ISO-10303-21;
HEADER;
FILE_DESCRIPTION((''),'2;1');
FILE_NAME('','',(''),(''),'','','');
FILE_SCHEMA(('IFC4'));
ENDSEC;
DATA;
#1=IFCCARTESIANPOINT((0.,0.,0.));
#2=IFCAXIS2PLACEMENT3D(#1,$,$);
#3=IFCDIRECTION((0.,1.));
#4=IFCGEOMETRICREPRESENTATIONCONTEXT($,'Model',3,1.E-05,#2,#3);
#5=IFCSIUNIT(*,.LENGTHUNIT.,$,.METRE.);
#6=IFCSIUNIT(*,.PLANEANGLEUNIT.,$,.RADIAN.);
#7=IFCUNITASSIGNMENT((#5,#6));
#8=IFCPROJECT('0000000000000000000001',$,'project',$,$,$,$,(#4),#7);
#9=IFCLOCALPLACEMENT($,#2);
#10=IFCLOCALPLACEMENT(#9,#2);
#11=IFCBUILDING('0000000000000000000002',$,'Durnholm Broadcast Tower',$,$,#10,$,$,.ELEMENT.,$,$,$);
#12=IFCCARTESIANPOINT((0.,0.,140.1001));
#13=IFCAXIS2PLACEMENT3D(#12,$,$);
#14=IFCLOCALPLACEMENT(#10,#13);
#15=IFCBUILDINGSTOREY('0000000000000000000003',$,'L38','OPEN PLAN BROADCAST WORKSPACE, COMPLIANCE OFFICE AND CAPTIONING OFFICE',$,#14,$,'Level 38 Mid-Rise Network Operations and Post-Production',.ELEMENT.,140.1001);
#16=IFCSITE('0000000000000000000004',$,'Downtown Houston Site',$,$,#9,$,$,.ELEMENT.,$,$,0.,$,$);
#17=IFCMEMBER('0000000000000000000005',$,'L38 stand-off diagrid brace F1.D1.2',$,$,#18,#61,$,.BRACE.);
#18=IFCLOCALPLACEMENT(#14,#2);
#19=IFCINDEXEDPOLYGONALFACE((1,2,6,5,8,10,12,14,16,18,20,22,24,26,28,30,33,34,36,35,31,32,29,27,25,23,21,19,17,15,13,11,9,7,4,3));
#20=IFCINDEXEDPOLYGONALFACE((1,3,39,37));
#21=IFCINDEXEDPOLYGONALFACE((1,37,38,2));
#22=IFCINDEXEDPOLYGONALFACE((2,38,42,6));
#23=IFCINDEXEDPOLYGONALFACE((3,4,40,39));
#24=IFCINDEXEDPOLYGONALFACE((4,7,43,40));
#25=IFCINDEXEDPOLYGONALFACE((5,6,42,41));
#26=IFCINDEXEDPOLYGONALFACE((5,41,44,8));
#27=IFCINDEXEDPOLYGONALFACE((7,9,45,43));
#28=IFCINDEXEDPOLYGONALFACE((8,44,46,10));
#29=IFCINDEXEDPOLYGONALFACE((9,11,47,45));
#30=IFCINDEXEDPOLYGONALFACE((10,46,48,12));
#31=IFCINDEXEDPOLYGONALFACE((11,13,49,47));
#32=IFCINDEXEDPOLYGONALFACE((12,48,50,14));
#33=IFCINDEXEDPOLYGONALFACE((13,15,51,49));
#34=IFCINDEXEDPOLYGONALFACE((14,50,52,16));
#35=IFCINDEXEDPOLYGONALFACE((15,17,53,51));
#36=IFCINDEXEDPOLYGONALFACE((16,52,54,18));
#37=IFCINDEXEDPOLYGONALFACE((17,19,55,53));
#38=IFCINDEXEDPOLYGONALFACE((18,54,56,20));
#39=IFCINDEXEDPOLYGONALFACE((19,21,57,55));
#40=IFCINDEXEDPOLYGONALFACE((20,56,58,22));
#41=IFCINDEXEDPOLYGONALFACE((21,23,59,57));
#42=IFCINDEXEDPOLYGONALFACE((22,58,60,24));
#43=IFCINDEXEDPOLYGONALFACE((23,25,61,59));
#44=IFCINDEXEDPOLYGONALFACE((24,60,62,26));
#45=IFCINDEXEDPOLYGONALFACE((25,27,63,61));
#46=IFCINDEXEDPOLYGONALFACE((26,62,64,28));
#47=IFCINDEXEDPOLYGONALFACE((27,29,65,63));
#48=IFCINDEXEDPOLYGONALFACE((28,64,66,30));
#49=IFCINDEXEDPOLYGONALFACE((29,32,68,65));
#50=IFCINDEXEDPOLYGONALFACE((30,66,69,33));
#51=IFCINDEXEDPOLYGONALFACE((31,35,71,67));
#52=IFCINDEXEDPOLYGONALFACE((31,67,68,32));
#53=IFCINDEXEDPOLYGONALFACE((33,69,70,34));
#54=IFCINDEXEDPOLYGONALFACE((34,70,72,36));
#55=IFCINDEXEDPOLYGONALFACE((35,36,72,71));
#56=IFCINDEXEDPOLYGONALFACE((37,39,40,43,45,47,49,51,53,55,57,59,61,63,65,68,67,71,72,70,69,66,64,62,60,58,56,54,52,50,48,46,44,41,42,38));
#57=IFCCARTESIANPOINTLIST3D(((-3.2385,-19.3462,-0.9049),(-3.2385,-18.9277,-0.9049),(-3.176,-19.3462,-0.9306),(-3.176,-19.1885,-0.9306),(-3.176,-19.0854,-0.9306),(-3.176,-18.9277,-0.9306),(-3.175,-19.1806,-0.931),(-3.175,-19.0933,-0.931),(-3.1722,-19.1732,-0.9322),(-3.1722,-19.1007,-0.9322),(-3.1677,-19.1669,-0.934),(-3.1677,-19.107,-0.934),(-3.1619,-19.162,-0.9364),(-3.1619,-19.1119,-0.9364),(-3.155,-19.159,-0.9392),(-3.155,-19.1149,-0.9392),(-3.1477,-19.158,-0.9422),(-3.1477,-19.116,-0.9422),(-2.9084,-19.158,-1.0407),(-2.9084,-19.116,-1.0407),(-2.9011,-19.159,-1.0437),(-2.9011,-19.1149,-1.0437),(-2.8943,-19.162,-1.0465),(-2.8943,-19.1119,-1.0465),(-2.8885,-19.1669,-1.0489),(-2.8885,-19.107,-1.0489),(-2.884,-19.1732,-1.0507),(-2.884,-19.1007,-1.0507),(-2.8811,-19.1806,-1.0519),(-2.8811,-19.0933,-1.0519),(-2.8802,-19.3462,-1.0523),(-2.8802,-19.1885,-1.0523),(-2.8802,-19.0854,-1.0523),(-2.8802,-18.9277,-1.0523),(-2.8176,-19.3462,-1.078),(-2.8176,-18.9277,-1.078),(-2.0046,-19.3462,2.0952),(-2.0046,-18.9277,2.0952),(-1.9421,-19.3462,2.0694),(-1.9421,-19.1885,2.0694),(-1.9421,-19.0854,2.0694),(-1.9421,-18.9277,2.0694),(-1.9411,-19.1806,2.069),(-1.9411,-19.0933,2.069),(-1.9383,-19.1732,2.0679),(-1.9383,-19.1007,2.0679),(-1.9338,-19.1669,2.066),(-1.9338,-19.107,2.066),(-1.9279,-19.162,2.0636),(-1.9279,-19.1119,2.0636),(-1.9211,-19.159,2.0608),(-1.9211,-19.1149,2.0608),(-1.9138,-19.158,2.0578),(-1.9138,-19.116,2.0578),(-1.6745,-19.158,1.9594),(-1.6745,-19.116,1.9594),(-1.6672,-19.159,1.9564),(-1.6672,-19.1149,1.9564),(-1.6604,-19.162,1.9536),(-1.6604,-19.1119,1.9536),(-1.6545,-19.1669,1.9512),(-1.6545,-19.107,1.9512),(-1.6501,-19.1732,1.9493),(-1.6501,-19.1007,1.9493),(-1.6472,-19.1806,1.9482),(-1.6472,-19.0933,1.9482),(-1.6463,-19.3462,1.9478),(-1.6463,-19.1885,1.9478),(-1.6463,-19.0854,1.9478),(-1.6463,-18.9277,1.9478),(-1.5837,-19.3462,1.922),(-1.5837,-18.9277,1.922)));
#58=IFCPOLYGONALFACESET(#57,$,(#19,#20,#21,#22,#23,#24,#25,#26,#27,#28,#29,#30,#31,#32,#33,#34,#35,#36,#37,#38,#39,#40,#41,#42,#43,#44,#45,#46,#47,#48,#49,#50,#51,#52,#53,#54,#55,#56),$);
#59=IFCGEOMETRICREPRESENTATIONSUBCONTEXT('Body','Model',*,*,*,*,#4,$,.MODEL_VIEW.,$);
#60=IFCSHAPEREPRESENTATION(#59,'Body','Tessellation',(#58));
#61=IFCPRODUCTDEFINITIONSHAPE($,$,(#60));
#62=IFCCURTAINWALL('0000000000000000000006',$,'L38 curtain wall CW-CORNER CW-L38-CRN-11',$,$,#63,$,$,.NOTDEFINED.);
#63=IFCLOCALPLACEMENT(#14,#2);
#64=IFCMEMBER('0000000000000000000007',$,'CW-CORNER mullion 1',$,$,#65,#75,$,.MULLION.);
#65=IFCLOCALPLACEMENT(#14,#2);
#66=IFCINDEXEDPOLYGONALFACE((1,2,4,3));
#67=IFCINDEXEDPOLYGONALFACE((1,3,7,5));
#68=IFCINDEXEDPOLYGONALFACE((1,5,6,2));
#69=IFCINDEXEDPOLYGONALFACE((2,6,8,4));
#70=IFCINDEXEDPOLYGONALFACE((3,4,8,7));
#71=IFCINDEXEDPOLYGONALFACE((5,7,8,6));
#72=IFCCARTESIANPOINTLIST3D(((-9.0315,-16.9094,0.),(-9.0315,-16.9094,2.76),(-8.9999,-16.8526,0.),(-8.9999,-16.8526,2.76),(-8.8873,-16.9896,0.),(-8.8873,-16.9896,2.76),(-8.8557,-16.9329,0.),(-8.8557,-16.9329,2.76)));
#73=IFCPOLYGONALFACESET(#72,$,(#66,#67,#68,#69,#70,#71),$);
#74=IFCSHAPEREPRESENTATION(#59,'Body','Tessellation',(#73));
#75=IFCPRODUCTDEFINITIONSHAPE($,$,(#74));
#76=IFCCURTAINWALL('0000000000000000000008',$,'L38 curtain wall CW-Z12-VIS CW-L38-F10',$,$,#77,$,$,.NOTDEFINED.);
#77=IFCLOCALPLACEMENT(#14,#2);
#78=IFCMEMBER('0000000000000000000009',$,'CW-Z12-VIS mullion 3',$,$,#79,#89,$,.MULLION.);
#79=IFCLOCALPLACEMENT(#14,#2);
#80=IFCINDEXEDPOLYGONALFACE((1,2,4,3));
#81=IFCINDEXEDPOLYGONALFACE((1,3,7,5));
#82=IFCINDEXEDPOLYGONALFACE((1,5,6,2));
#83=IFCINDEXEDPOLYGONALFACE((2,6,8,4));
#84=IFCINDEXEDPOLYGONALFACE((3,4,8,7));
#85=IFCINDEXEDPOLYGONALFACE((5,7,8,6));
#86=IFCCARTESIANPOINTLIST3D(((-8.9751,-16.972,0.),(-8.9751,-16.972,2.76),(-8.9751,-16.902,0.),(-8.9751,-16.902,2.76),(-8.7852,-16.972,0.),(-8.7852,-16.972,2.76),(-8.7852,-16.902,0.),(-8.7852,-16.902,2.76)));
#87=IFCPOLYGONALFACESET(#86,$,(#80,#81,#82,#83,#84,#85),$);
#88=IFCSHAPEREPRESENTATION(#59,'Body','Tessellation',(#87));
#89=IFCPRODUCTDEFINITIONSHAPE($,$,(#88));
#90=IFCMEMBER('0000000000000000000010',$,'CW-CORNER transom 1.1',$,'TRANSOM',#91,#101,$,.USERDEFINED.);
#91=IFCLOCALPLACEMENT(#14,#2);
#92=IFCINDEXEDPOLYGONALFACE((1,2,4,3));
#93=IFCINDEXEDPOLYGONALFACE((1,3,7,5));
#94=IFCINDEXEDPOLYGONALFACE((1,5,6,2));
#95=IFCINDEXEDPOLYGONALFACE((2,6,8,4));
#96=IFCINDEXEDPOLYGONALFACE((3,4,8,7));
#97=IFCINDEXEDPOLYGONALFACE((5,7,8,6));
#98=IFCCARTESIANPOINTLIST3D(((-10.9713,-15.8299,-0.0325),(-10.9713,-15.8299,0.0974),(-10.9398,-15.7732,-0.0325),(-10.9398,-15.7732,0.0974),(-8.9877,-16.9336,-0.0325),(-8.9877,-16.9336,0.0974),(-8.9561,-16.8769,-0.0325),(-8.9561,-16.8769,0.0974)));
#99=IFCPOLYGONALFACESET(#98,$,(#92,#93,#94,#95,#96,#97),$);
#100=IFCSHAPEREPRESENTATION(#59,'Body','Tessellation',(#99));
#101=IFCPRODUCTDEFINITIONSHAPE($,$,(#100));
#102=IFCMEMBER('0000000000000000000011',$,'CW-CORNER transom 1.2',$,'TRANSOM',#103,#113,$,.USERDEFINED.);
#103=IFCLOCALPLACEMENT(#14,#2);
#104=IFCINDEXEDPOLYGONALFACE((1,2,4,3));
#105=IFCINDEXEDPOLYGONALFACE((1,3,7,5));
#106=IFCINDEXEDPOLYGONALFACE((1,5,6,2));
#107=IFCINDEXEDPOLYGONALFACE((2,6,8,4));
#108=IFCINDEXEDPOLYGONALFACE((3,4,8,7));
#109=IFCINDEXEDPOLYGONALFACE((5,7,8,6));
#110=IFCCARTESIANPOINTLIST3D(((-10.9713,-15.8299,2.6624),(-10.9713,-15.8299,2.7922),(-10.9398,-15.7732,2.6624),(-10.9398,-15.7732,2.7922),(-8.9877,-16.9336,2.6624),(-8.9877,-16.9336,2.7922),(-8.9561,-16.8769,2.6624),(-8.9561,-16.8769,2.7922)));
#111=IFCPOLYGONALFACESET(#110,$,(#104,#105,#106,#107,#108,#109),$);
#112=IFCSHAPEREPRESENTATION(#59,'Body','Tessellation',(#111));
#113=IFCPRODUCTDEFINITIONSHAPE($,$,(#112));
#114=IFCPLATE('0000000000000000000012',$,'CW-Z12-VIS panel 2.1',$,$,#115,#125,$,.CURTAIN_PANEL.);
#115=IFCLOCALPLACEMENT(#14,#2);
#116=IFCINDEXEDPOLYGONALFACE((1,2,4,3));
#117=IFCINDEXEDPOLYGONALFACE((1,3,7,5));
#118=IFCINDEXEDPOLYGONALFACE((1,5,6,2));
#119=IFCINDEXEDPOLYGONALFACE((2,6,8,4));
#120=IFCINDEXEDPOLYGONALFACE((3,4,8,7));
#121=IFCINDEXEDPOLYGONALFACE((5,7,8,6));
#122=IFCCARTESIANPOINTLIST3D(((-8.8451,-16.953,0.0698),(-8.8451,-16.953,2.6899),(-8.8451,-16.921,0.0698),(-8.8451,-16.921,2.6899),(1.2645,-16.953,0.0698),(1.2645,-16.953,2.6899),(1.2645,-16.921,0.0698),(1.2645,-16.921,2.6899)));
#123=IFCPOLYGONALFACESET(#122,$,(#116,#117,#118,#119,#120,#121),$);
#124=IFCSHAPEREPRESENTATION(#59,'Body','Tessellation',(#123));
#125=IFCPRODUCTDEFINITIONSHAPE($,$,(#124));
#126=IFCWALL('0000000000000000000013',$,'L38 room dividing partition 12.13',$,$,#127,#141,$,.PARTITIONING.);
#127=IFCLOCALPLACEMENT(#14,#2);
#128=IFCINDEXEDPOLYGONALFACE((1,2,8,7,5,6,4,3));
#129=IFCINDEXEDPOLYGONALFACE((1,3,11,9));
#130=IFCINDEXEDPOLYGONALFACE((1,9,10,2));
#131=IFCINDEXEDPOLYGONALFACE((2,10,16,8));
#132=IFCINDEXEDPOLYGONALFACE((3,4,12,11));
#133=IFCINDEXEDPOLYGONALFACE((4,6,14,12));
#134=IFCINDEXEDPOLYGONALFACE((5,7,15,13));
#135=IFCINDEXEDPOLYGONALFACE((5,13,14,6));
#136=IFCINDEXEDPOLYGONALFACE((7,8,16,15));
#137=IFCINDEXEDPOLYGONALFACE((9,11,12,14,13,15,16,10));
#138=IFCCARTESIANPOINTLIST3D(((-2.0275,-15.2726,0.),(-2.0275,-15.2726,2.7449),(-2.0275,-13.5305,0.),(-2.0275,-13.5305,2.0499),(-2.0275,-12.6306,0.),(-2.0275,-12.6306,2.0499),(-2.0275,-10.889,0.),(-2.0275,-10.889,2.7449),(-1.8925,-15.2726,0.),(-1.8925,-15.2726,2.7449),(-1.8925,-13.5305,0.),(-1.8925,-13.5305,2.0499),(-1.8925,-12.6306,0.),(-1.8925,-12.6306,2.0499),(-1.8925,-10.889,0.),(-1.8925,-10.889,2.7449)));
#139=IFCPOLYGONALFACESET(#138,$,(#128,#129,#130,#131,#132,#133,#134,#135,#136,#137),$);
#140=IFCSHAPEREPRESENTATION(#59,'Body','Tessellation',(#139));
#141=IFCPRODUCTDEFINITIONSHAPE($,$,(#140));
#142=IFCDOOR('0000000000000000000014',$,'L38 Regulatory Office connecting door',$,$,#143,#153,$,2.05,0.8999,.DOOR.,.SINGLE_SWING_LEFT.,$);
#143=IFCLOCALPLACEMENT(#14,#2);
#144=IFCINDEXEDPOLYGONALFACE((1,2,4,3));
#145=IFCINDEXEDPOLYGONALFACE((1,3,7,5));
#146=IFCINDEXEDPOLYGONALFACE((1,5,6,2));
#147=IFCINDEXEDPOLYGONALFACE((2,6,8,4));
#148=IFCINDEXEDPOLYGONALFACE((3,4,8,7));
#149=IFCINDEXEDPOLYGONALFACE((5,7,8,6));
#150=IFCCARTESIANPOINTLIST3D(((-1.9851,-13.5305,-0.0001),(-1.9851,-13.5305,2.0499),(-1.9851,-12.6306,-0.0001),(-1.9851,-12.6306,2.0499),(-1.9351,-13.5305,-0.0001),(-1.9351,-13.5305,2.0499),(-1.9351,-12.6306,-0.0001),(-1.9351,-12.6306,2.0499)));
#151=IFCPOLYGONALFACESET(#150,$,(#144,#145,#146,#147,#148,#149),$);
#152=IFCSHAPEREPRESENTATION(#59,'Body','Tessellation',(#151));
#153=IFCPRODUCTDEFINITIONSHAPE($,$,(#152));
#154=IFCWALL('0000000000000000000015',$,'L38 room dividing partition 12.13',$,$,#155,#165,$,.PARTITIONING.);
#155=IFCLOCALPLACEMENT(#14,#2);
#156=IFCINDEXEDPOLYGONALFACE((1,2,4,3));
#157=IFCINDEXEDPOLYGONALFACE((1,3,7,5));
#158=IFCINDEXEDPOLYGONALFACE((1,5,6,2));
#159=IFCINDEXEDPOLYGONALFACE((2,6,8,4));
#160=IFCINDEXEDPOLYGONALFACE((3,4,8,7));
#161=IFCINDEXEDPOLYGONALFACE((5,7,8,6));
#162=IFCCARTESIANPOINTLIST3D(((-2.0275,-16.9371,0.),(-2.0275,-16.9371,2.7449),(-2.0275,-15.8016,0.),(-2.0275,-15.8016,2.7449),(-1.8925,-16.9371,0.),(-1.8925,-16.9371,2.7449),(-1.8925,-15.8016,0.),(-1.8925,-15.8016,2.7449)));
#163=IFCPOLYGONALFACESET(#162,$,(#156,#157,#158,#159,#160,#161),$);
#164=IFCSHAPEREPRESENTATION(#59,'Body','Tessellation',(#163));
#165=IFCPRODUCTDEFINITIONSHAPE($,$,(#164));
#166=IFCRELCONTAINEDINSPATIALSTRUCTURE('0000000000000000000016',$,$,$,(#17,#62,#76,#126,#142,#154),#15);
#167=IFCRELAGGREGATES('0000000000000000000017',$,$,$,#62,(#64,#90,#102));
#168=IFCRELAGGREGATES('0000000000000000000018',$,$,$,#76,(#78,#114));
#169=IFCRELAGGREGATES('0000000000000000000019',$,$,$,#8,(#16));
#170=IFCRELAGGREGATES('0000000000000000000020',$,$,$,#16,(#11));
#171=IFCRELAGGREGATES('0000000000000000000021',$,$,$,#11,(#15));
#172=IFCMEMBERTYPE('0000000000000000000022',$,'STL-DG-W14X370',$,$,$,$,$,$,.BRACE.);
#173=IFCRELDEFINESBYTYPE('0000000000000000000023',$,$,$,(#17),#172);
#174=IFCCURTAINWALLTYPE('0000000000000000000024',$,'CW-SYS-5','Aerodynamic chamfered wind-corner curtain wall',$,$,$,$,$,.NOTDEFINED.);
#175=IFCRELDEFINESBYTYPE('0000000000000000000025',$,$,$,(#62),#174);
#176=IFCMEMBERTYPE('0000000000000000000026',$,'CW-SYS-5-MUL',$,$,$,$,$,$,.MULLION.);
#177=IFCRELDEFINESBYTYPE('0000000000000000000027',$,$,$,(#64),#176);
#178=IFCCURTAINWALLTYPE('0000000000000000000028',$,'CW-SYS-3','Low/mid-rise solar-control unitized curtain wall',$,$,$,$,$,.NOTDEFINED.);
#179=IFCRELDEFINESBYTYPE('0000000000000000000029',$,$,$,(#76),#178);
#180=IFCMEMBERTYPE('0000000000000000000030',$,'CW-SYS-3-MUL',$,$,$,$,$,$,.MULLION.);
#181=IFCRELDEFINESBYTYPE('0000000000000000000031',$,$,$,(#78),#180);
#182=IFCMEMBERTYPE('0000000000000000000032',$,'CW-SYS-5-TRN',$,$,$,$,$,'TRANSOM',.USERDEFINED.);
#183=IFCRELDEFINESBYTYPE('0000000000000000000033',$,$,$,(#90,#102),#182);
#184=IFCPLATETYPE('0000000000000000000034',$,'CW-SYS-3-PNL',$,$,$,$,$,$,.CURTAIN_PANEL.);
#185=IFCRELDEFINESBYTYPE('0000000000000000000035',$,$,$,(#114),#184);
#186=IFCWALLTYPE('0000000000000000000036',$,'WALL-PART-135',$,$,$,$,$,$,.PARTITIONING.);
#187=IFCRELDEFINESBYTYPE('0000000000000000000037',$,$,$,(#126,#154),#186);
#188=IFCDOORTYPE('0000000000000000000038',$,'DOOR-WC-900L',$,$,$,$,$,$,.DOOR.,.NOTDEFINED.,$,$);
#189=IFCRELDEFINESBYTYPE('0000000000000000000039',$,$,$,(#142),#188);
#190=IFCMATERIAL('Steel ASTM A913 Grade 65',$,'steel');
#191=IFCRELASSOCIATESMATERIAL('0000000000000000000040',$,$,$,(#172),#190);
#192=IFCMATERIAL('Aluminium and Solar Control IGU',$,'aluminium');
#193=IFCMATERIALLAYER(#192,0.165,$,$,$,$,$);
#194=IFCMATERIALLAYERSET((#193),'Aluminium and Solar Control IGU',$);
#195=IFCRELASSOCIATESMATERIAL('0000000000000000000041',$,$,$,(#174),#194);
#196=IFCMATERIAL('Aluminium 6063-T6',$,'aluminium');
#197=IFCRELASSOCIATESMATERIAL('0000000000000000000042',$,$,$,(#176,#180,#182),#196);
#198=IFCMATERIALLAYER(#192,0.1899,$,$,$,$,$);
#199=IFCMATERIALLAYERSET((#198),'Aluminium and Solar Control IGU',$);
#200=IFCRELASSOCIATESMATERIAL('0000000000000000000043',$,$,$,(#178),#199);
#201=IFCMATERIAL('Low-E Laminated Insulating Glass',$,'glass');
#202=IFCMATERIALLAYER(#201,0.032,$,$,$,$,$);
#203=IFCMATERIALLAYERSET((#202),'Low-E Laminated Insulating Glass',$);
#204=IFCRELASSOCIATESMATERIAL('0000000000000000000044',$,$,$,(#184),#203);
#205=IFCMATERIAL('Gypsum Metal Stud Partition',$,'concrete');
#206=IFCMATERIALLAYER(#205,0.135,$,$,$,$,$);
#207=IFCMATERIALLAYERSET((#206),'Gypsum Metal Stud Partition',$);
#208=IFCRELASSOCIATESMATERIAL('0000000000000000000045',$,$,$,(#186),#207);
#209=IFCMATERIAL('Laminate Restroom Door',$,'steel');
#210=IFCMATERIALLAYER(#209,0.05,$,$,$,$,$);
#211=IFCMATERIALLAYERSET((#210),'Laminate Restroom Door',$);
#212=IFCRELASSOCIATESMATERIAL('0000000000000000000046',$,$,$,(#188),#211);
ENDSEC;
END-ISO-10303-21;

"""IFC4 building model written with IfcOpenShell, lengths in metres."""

from ifc_helpers import new_model, si_unit, direction, frame, frame_2d, origin, origin_2d, place, context, subcontext, project, spatial, rectangle, i_section, extrude, source, transform, mapped, material, layer, layer_set, material_profile, profile_set, type_object, type_shapes, element, fill, aggregate, save


model = new_model("IFC4")

# Units and contexts
model_context = context("Model", 3, precision=1e-05, world=origin(), true_north=direction((0.0, 1.0)))
body_context = subcontext(model_context, "Body", "Model", "MODEL_VIEW")
ifc_project = project(units=[si_unit("LENGTHUNIT", "METRE"), si_unit("PLANEANGLEUNIT", "RADIAN")], contexts=[model_context])

# Site, building, storey
site_placement = place(None, origin())
site = spatial("IfcSite", under=ifc_project, at=site_placement, Name="Downtown Houston Site", CompositionType="ELEMENT", RefElevation=0.0)
building_placement = place(site_placement, origin())
building = spatial("IfcBuilding", under=site, at=building_placement, Name="Durnholm Broadcast Tower", CompositionType="ELEMENT")
storey_placement = place(building_placement, frame((0.0, 0.0, 140.1001)))
storey = spatial("IfcBuildingStorey", under=building, at=storey_placement, Name="L38", Description="OPEN PLAN BROADCAST WORKSPACE, COMPLIANCE OFFICE AND CAPTIONING OFFICE", LongName="Level 38 Mid-Rise Network Operations and Post-Production", CompositionType="ELEMENT", Elevation=140.1001)

# Member
ifc_material_1 = material(Name="Steel ASTM A913 Grade 65", Category="steel")
ifc_material_profile_1 = material_profile(ifc_material_1, i_section(OverallWidth=0.4185, OverallDepth=0.4551, WebThickness=0.042, FlangeThickness=0.0676, FilletRadius=0.0305, at=origin_2d()), Name="W14X370")
ifc_profile_set_1 = profile_set([ifc_material_profile_1], Name="Steel ASTM A913 Grade 65")
member_type_1 = type_object("IfcMemberType", Name="STL-DG-W14X370", PredefinedType="BRACE", material=ifc_profile_set_1)
shared_shape_1 = source(origin(), body_context, "Body", "SweptSolid", [
    extrude(i_section(OverallWidth=0.4185, OverallDepth=0.4551, WebThickness=0.042, FlangeThickness=0.0676, FilletRadius=0.0305, at=origin_2d()), origin(), (0.0, 0.0, 1.0), 3.2439),
])
type_shapes(member_type_1, [shared_shape_1])
for number, where, z_axis, x_axis, name in (
    (1, (-3.0281, -19.137, -0.9915), (0.380379, 0.0, 0.924831), (0.0, 1.0, 0.0), "L38 stand-off diagrid brace F1.D1.2"),
):
    element("IfcMember", number, at=place(storey_placement, frame(where, z_axis=z_axis, x_axis=x_axis)), inside=storey, type_object=member_type_1, Name=name, PredefinedType="BRACE", context=body_context, shape_type="MappedRepresentation", body=[
        mapped(shared_shape_1, transform((0.0, 0.0, 0.0), x_axis=(1.0, 0.0, 0.0), y_axis=(0.0, 1.0, 0.0), z_axis=(0.0, 0.0, 1.0), scale=1.0)),
    ])

# Curtain walls, members
ifc_material_2 = material(Name="Aluminium and Solar Control IGU", Category="aluminium")
ifc_layer_1 = layer(ifc_material_2, 0.165)
ifc_layer_set_1 = layer_set([ifc_layer_1], Name="Aluminium and Solar Control IGU")
curtain_wall_type_1 = type_object("IfcCurtainWallType", Name="CW-SYS-5", Description="Aerodynamic chamfered wind-corner curtain wall", PredefinedType="NOTDEFINED", material=ifc_layer_set_1)
curtain_wall_1_placement = place(storey_placement, origin())
curtain_wall_1 = element("IfcCurtainWall", 2, at=curtain_wall_1_placement, inside=storey, type_object=curtain_wall_type_1, Name="L38 curtain wall CW-CORNER CW-L38-CRN-11", PredefinedType="NOTDEFINED")
ifc_material_3 = material(Name="Aluminium 6063-T6", Category="aluminium")
ifc_material_profile_2 = material_profile(ifc_material_3, rectangle(XDim=0.0649, YDim=0.165, at=origin_2d()), Name="CWM65X165")
ifc_profile_set_2 = profile_set([ifc_material_profile_2], Name="Aluminium 6063-T6")
member_type_2 = type_object("IfcMemberType", Name="CW-SYS-5-MUL", PredefinedType="MULLION", material=ifc_profile_set_2)
shared_shape_2 = source(origin(), body_context, "Body", "SweptSolid", [
    extrude(rectangle(XDim=0.0649, YDim=0.165, at=origin_2d()), origin(), (0.0, 0.0, 1.0), 2.76),
])
type_shapes(member_type_2, [shared_shape_2])
member_1_placement = place(storey_placement, frame((-8.9436, -16.9211, 0.0), z_axis=(0.0, 0.0, 1.0), x_axis=(-0.486244, -0.873823, 0.0)))
member_1 = element("IfcMember", 3, at=member_1_placement, type_object=member_type_2, Name="CW-CORNER mullion 1", PredefinedType="MULLION", context=body_context, shape_type="MappedRepresentation", body=[
    mapped(shared_shape_2, transform((0.0, 0.0, 0.0), x_axis=(1.0, 0.0, 0.0), y_axis=(0.0, 1.0, 0.0), z_axis=(0.0, 0.0, 1.0), scale=1.0)),
])
ifc_layer_2 = layer(ifc_material_2, 0.1899)
ifc_layer_set_2 = layer_set([ifc_layer_2], Name="Aluminium and Solar Control IGU")
curtain_wall_type_2 = type_object("IfcCurtainWallType", Name="CW-SYS-3", Description="Low/mid-rise solar-control unitized curtain wall", PredefinedType="NOTDEFINED", material=ifc_layer_set_2)
curtain_wall_2_placement = place(storey_placement, origin())
curtain_wall_2 = element("IfcCurtainWall", 4, at=curtain_wall_2_placement, inside=storey, type_object=curtain_wall_type_2, Name="L38 curtain wall CW-Z12-VIS CW-L38-F10", PredefinedType="NOTDEFINED")
ifc_material_profile_3 = material_profile(ifc_material_3, rectangle(XDim=0.0701, YDim=0.1899, at=origin_2d()), Name="CWM70X190")
ifc_profile_set_3 = profile_set([ifc_material_profile_3], Name="Aluminium 6063-T6")
member_type_3 = type_object("IfcMemberType", Name="CW-SYS-3-MUL", PredefinedType="MULLION", material=ifc_profile_set_3)
shared_shape_3 = source(origin(), body_context, "Body", "SweptSolid", [
    extrude(rectangle(XDim=0.0701, YDim=0.1899, at=origin_2d()), origin(), (0.0, 0.0, 1.0), 2.76),
])
type_shapes(member_type_3, [shared_shape_3])
member_2_placement = place(storey_placement, frame((-8.8801, -16.937, 0.0), z_axis=(0.0, 0.0, 1.0), x_axis=(0.0, -1.0, 0.0)))
member_2 = element("IfcMember", 5, at=member_2_placement, type_object=member_type_3, Name="CW-Z12-VIS mullion 3", PredefinedType="MULLION", context=body_context, shape_type="MappedRepresentation", body=[
    mapped(shared_shape_3, transform((0.0, 0.0, 0.0), x_axis=(1.0, 0.0, 0.0), y_axis=(0.0, 1.0, 0.0), z_axis=(0.0, 0.0, 1.0), scale=1.0)),
])

# Members
ifc_material_profile_4 = material_profile(ifc_material_3, rectangle(XDim=0.0649, YDim=0.1299, at=origin_2d()), Name="CWT65X130")
ifc_profile_set_4 = profile_set([ifc_material_profile_4], Name="Aluminium 6063-T6")
member_type_4 = type_object("IfcMemberType", Name="CW-SYS-5-TRN", ElementType="TRANSOM", PredefinedType="USERDEFINED", material=ifc_profile_set_4)
shared_shape_4 = source(origin(), body_context, "Body", "SweptSolid", [
    extrude(rectangle(XDim=0.0649, YDim=0.1299, at=origin_2d()), origin(), (0.0, 0.0, 1.0), 2.27),
])
type_shapes(member_type_4, [shared_shape_4])
member_3_placement = place(storey_placement, frame((-8.9719, -16.9053, 0.0325), z_axis=(-0.873832, 0.486227, 0.0), x_axis=(-0.486227, -0.873832, 0.0)))
member_3 = element("IfcMember", 6, at=member_3_placement, type_object=member_type_4, Name="CW-CORNER transom 1.1", ObjectType="TRANSOM", PredefinedType="USERDEFINED", context=body_context, shape_type="MappedRepresentation", body=[
    mapped(shared_shape_4, transform((0.0, 0.0, 0.0), x_axis=(1.0, 0.0, 0.0), y_axis=(0.0, 1.0, 0.0), z_axis=(0.0, 0.0, 1.0), scale=1.0)),
])
member_4_placement = place(storey_placement, frame((-8.9719, -16.9053, 2.7273), z_axis=(-0.873832, 0.486227, 0.0), x_axis=(-0.486227, -0.873832, 0.0)))
member_4 = element("IfcMember", 7, at=member_4_placement, type_object=member_type_4, Name="CW-CORNER transom 1.2", ObjectType="TRANSOM", PredefinedType="USERDEFINED", context=body_context, shape_type="MappedRepresentation", body=[
    mapped(shared_shape_4, transform((0.0, 0.0, 0.0), x_axis=(1.0, 0.0, 0.0), y_axis=(0.0, 1.0, 0.0), z_axis=(0.0, 0.0, 1.0), scale=1.0)),
])
aggregate(curtain_wall_1, [member_1, member_3, member_4])

# Plate
ifc_material_4 = material(Name="Low-E Laminated Insulating Glass", Category="glass")
ifc_layer_3 = layer(ifc_material_4, 0.032)
ifc_layer_set_3 = layer_set([ifc_layer_3], Name="Low-E Laminated Insulating Glass")
plate_type = type_object("IfcPlateType", Name="CW-SYS-3-PNL", PredefinedType="CURTAIN_PANEL", material=ifc_layer_set_3)
shared_shape_5 = source(origin(), body_context, "Body", "SweptSolid", [
    extrude(rectangle(XDim=10.1096, YDim=0.032, at=origin_2d()), origin(), (0.0, 0.0, 1.0), 2.6201),
])
type_shapes(plate_type, [shared_shape_5])
plate_placement = place(storey_placement, frame((-3.7903, -16.937, 0.0698), z_axis=(0.0, 0.0, 1.0), x_axis=(-1.0, 0.0, 0.0)))
plate = element("IfcPlate", 8, at=plate_placement, type_object=plate_type, Name="CW-Z12-VIS panel 2.1", PredefinedType="CURTAIN_PANEL", context=body_context, shape_type="MappedRepresentation", body=[
    mapped(shared_shape_5, transform((0.0, 0.0, 0.0), x_axis=(1.0, 0.0, 0.0), y_axis=(0.0, 1.0, 0.0), z_axis=(0.0, 0.0, 1.0), scale=1.0)),
])
aggregate(curtain_wall_2, [member_2, plate])

# Wall, opening, door
ifc_material_5 = material(Name="Gypsum Metal Stud Partition", Category="concrete")
ifc_layer_4 = layer(ifc_material_5, 0.135)
ifc_layer_set_4 = layer_set([ifc_layer_4], Name="Gypsum Metal Stud Partition")
wall_type_1 = type_object("IfcWallType", Name="WALL-PART-135", PredefinedType="PARTITIONING", material=ifc_layer_set_4)
wall_1_placement = place(storey_placement, frame((-1.96, -10.8889, 0.0), z_axis=(0.0, 0.0, 1.0), x_axis=(0.0, -1.0, 0.0)))
wall_1 = element("IfcWall", 9, at=wall_1_placement, inside=storey, type_object=wall_type_1, Name="L38 room dividing partition 12.13", PredefinedType="PARTITIONING", context=body_context, shape_type="SweptSolid", body=[
    extrude(rectangle(XDim=4.3835, YDim=0.135, at=frame_2d((2.1919, 0.0))), origin(), (0.0, 0.0, 1.0), 2.7449),
])
opening_1_placement = place(wall_1_placement, frame((1.7417, 0.0, 0.0)))
opening_1 = element("IfcOpeningElement", 10, at=opening_1_placement, cuts=wall_1, PredefinedType="OPENING", context=body_context, shape_type="SweptSolid", body=[
    extrude(rectangle(XDim=0.8999, YDim=2.05, at=frame_2d((0.45, 1.0249))), frame((0.0, 0.0776, 0.0), z_axis=(0.0, -1.0, 0.0), x_axis=(1.0, 0.0, 0.0)), (0.0, 0.0, 1.0), 0.155),
])
ifc_material_6 = material(Name="Laminate Restroom Door", Category="steel")
ifc_layer_5 = layer(ifc_material_6, 0.05)
ifc_layer_set_5 = layer_set([ifc_layer_5], Name="Laminate Restroom Door")
door_type_1 = type_object("IfcDoorType", Name="DOOR-WC-900L", OperationType="NOTDEFINED", PredefinedType="DOOR", material=ifc_layer_set_5)
shared_shape_6 = source(origin(), body_context, "Body", "SweptSolid", [
    extrude(rectangle(XDim=0.8999, YDim=2.05, at=frame_2d((0.45, 1.0249))), frame((0.0, 0.0249, 0.0), z_axis=(0.0, -1.0, 0.0), x_axis=(1.0, 0.0, 0.0)), (0.0, 0.0, 1.0), 0.05),
])
type_shapes(door_type_1, [shared_shape_6])
door_1_placement = place(opening_1_placement, origin())
door_1 = element("IfcDoor", 11, at=door_1_placement, inside=storey, type_object=door_type_1, Name="L38 Regulatory Office connecting door", OperationType="SINGLE_SWING_LEFT", OverallHeight=2.05, OverallWidth=0.8999, PredefinedType="DOOR", context=body_context, shape_type="MappedRepresentation", body=[
    mapped(shared_shape_6, transform((0.0, 0.0, 0.0), x_axis=(1.0, 0.0, 0.0), y_axis=(0.0, 1.0, 0.0), z_axis=(0.0, 0.0, 1.0), scale=1.0)),
])
fill(opening_1, door_1)

# Wall
wall_2_placement = place(storey_placement, frame((-1.96, -15.8015, 0.0), z_axis=(0.0, 0.0, 1.0), x_axis=(0.0, -1.0, 0.0)))
element("IfcWall", 12, at=wall_2_placement, inside=storey, type_object=wall_type_1, Name="L38 room dividing partition 12.13", PredefinedType="PARTITIONING", context=body_context, shape_type="SweptSolid", body=[
    extrude(rectangle(XDim=1.1355, YDim=0.135, at=frame_2d((0.5679, 0.0))), origin(), (0.0, 0.0, 1.0), 2.7449),
])

save(model, "model.ifc")
